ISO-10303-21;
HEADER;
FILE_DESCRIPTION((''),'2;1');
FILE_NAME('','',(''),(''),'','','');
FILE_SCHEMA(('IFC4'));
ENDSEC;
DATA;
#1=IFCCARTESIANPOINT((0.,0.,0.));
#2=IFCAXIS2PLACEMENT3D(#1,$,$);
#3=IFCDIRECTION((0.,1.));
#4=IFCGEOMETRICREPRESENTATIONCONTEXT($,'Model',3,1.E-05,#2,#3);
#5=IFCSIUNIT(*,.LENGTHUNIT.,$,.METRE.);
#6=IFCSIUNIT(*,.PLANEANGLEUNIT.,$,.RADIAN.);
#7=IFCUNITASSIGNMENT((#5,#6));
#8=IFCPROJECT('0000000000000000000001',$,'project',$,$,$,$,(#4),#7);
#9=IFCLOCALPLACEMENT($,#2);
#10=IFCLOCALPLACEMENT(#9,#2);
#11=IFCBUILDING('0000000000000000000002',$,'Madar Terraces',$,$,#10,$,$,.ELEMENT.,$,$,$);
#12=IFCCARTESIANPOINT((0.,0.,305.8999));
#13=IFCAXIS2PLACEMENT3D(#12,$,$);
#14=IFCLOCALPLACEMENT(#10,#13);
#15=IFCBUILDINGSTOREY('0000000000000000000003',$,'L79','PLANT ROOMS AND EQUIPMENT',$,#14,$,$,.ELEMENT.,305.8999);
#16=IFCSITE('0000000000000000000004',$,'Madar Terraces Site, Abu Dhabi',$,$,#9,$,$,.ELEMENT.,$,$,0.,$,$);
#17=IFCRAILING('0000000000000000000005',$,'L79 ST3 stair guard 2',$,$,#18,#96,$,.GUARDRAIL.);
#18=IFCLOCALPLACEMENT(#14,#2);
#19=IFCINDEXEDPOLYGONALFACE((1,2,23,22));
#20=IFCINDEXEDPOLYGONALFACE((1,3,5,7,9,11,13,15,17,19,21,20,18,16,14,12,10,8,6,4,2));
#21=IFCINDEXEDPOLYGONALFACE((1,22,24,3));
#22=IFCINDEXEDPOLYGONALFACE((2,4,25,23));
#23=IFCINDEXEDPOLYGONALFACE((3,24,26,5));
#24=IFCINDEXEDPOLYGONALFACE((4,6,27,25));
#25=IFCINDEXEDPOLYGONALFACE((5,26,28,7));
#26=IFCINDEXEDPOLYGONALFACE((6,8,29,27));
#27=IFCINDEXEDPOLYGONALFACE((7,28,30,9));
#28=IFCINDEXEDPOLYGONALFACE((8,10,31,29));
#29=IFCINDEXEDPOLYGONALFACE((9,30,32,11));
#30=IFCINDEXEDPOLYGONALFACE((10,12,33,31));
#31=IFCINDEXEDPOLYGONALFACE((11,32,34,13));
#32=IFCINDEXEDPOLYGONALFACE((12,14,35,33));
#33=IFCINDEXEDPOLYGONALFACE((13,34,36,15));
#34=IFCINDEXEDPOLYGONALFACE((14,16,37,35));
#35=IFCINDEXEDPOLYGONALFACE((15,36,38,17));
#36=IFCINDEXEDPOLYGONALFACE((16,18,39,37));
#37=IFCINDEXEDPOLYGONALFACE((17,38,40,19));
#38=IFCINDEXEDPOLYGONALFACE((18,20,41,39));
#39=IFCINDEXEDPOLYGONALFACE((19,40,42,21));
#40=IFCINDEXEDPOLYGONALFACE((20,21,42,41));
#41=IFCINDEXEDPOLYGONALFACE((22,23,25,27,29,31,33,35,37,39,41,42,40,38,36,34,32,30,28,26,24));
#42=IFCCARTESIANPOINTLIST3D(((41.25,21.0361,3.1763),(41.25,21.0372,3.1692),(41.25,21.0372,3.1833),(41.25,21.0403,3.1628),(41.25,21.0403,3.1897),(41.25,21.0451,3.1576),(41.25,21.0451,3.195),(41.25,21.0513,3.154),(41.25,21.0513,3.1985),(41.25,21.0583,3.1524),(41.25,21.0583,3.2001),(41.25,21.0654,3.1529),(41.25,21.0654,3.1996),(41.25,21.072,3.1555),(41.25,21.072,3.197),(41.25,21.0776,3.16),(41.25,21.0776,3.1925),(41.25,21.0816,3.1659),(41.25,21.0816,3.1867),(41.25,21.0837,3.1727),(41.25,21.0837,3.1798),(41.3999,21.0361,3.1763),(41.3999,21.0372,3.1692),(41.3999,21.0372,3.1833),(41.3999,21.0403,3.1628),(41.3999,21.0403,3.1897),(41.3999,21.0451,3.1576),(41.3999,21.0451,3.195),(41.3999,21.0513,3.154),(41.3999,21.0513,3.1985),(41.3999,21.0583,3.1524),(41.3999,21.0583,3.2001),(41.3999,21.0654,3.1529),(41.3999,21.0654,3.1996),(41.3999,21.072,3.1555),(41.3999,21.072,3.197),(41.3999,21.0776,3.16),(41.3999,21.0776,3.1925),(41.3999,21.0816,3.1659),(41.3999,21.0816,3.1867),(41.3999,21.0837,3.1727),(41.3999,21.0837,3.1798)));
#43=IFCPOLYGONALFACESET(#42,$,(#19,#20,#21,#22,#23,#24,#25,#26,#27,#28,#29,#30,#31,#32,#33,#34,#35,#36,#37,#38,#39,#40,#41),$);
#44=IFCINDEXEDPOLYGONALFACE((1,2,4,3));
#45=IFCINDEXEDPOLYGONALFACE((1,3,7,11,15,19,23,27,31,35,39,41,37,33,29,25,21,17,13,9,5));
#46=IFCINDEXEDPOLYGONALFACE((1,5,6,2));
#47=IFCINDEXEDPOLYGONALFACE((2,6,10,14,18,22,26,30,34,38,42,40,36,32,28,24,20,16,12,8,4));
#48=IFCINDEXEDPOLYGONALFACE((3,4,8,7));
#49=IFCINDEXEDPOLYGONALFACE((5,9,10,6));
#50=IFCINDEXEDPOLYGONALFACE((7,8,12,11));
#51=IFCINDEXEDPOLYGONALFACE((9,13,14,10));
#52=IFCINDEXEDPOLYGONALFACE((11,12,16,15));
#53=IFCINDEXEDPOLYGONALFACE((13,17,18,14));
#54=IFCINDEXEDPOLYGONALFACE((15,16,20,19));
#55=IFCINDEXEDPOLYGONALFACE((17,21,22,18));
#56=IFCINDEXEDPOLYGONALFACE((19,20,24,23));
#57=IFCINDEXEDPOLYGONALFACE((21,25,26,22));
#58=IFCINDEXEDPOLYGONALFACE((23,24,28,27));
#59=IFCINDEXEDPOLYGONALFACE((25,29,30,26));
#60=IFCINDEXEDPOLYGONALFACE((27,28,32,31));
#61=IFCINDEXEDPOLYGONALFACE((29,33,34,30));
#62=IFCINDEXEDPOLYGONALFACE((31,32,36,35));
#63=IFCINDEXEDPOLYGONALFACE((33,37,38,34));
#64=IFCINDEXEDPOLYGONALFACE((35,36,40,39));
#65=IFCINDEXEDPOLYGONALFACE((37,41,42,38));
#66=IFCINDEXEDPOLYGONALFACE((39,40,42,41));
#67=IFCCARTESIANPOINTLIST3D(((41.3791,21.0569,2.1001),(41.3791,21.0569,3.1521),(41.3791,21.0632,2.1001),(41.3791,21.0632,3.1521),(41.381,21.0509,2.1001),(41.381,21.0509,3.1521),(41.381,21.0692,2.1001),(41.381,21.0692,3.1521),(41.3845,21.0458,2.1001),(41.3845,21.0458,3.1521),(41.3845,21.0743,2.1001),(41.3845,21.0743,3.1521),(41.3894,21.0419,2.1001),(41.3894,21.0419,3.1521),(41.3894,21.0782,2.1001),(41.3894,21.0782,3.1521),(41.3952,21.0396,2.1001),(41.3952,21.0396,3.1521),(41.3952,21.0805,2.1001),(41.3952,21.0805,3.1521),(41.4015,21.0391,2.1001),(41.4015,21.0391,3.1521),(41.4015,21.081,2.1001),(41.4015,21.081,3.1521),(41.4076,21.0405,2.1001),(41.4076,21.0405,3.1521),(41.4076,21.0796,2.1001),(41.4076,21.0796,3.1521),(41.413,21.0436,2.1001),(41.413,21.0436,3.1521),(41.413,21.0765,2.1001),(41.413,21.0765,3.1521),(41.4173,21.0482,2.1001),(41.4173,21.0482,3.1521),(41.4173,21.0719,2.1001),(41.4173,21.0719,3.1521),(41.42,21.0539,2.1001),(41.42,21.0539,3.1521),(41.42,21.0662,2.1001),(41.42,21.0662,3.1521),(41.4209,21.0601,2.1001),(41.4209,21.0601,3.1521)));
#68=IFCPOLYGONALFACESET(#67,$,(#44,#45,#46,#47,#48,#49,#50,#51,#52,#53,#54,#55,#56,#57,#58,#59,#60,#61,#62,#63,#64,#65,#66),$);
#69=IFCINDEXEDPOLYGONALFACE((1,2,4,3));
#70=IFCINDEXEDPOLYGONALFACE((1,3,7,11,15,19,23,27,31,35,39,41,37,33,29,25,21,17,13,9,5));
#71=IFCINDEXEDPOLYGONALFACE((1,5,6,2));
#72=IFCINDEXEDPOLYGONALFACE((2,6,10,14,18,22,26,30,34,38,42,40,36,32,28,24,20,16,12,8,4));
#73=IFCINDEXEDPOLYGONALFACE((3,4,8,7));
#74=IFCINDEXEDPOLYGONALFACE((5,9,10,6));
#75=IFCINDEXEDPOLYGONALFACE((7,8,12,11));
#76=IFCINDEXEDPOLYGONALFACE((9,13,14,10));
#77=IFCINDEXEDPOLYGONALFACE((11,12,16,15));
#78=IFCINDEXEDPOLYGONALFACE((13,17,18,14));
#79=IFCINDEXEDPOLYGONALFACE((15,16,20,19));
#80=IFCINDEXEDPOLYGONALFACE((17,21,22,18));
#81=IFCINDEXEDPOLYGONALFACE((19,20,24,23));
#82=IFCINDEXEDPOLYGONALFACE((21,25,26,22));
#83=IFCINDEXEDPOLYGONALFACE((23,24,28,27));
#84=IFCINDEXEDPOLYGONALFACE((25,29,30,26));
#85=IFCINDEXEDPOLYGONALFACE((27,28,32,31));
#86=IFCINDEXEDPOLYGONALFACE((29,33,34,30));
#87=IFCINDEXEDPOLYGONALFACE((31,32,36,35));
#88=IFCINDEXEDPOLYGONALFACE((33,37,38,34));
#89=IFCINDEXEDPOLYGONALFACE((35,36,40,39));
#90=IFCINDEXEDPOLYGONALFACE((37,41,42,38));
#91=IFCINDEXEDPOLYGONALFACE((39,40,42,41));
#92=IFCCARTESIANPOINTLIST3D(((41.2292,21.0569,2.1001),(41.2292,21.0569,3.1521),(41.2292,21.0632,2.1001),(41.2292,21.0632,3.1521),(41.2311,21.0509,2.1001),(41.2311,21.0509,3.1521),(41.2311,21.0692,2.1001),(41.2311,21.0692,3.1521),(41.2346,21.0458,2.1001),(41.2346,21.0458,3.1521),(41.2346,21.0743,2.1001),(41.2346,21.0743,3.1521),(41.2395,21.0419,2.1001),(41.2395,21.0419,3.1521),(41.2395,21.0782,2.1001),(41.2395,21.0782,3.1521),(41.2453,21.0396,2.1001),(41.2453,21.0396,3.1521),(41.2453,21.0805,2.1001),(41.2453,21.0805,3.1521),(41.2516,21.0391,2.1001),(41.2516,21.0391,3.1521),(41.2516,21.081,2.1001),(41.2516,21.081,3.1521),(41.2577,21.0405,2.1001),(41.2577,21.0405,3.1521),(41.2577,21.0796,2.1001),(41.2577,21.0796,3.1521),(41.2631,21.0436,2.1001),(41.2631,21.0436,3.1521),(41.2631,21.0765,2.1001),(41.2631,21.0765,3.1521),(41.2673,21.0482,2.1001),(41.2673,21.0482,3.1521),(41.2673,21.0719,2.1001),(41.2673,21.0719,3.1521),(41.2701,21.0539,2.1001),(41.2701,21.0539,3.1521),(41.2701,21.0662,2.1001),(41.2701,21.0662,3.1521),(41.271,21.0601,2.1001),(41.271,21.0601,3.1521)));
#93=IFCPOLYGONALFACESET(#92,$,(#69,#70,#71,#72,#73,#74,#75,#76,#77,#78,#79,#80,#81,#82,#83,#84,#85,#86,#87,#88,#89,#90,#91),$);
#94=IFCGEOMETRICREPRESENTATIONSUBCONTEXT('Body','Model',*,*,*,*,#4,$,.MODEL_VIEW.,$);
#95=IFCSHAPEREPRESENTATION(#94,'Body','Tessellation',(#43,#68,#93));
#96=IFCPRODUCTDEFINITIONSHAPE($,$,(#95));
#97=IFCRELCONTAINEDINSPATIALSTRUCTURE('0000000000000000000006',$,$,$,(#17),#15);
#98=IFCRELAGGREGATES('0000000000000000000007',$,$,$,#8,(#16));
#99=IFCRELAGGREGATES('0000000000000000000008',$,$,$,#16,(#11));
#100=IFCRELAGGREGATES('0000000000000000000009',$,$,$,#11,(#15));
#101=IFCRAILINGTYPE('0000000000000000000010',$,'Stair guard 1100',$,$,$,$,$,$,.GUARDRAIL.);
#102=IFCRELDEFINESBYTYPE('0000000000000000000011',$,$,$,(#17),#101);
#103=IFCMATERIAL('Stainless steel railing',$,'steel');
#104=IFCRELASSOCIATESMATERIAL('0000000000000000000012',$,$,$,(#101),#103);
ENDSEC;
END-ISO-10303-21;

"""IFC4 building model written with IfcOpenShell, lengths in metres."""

from ifc_helpers import new_model, si_unit, direction, frame, origin, origin_2d, place, context, subcontext, project, spatial, circle, extrude, material, type_object, element, save


model = new_model("IFC4")

# Units and contexts
model_context = context("Model", 3, precision=1e-05, world=origin(), true_north=direction((0.0, 1.0)))
body_context = subcontext(model_context, "Body", "Model", "MODEL_VIEW")
ifc_project = project(units=[si_unit("LENGTHUNIT", "METRE"), si_unit("PLANEANGLEUNIT", "RADIAN")], contexts=[model_context])

# Site, building, storey
site_placement = place(None, origin())
site = spatial("IfcSite", under=ifc_project, at=site_placement, Name="Madar Terraces Site, Abu Dhabi", CompositionType="ELEMENT", RefElevation=0.0)
building_placement = place(site_placement, origin())
building = spatial("IfcBuilding", under=site, at=building_placement, Name="Madar Terraces", CompositionType="ELEMENT")
storey_placement = place(building_placement, frame((0.0, 0.0, 305.8999)))
storey = spatial("IfcBuildingStorey", under=building, at=storey_placement, Name="L79", Description="PLANT ROOMS AND EQUIPMENT", CompositionType="ELEMENT", Elevation=305.8999)

# Railing
ifc_material_1 = material(Name="Stainless steel railing", Category="steel")
railing_type_1 = type_object("IfcRailingType", Name="Stair guard 1100", PredefinedType="GUARDRAIL", material=ifc_material_1)
railing_1_placement = place(storey_placement, frame((41.3999, 21.0601, 2.1001)))
element("IfcRailing", 1, at=railing_1_placement, inside=storey, type_object=railing_type_1, Name="L79 ST3 stair guard 2", PredefinedType="GUARDRAIL", context=body_context, shape_type="SweptSolid", body=[
    extrude(circle(Radius=0.0239, at=origin_2d()), frame((0.0, 0.0, 1.0762), z_axis=(-1.0, 0.0, 0.0), x_axis=(0.0, -1.0, 0.0)), (0.0, 0.0, 1.0), 0.1499),
    extrude(circle(Radius=0.021, at=origin_2d()), origin(), (0.0, 0.0, 1.0), 1.052),
    extrude(circle(Radius=0.021, at=origin_2d()), frame((-0.1499, 0.0, 0.0)), (0.0, 0.0, 1.0), 1.052),
])

save(model, "model.ifc")
